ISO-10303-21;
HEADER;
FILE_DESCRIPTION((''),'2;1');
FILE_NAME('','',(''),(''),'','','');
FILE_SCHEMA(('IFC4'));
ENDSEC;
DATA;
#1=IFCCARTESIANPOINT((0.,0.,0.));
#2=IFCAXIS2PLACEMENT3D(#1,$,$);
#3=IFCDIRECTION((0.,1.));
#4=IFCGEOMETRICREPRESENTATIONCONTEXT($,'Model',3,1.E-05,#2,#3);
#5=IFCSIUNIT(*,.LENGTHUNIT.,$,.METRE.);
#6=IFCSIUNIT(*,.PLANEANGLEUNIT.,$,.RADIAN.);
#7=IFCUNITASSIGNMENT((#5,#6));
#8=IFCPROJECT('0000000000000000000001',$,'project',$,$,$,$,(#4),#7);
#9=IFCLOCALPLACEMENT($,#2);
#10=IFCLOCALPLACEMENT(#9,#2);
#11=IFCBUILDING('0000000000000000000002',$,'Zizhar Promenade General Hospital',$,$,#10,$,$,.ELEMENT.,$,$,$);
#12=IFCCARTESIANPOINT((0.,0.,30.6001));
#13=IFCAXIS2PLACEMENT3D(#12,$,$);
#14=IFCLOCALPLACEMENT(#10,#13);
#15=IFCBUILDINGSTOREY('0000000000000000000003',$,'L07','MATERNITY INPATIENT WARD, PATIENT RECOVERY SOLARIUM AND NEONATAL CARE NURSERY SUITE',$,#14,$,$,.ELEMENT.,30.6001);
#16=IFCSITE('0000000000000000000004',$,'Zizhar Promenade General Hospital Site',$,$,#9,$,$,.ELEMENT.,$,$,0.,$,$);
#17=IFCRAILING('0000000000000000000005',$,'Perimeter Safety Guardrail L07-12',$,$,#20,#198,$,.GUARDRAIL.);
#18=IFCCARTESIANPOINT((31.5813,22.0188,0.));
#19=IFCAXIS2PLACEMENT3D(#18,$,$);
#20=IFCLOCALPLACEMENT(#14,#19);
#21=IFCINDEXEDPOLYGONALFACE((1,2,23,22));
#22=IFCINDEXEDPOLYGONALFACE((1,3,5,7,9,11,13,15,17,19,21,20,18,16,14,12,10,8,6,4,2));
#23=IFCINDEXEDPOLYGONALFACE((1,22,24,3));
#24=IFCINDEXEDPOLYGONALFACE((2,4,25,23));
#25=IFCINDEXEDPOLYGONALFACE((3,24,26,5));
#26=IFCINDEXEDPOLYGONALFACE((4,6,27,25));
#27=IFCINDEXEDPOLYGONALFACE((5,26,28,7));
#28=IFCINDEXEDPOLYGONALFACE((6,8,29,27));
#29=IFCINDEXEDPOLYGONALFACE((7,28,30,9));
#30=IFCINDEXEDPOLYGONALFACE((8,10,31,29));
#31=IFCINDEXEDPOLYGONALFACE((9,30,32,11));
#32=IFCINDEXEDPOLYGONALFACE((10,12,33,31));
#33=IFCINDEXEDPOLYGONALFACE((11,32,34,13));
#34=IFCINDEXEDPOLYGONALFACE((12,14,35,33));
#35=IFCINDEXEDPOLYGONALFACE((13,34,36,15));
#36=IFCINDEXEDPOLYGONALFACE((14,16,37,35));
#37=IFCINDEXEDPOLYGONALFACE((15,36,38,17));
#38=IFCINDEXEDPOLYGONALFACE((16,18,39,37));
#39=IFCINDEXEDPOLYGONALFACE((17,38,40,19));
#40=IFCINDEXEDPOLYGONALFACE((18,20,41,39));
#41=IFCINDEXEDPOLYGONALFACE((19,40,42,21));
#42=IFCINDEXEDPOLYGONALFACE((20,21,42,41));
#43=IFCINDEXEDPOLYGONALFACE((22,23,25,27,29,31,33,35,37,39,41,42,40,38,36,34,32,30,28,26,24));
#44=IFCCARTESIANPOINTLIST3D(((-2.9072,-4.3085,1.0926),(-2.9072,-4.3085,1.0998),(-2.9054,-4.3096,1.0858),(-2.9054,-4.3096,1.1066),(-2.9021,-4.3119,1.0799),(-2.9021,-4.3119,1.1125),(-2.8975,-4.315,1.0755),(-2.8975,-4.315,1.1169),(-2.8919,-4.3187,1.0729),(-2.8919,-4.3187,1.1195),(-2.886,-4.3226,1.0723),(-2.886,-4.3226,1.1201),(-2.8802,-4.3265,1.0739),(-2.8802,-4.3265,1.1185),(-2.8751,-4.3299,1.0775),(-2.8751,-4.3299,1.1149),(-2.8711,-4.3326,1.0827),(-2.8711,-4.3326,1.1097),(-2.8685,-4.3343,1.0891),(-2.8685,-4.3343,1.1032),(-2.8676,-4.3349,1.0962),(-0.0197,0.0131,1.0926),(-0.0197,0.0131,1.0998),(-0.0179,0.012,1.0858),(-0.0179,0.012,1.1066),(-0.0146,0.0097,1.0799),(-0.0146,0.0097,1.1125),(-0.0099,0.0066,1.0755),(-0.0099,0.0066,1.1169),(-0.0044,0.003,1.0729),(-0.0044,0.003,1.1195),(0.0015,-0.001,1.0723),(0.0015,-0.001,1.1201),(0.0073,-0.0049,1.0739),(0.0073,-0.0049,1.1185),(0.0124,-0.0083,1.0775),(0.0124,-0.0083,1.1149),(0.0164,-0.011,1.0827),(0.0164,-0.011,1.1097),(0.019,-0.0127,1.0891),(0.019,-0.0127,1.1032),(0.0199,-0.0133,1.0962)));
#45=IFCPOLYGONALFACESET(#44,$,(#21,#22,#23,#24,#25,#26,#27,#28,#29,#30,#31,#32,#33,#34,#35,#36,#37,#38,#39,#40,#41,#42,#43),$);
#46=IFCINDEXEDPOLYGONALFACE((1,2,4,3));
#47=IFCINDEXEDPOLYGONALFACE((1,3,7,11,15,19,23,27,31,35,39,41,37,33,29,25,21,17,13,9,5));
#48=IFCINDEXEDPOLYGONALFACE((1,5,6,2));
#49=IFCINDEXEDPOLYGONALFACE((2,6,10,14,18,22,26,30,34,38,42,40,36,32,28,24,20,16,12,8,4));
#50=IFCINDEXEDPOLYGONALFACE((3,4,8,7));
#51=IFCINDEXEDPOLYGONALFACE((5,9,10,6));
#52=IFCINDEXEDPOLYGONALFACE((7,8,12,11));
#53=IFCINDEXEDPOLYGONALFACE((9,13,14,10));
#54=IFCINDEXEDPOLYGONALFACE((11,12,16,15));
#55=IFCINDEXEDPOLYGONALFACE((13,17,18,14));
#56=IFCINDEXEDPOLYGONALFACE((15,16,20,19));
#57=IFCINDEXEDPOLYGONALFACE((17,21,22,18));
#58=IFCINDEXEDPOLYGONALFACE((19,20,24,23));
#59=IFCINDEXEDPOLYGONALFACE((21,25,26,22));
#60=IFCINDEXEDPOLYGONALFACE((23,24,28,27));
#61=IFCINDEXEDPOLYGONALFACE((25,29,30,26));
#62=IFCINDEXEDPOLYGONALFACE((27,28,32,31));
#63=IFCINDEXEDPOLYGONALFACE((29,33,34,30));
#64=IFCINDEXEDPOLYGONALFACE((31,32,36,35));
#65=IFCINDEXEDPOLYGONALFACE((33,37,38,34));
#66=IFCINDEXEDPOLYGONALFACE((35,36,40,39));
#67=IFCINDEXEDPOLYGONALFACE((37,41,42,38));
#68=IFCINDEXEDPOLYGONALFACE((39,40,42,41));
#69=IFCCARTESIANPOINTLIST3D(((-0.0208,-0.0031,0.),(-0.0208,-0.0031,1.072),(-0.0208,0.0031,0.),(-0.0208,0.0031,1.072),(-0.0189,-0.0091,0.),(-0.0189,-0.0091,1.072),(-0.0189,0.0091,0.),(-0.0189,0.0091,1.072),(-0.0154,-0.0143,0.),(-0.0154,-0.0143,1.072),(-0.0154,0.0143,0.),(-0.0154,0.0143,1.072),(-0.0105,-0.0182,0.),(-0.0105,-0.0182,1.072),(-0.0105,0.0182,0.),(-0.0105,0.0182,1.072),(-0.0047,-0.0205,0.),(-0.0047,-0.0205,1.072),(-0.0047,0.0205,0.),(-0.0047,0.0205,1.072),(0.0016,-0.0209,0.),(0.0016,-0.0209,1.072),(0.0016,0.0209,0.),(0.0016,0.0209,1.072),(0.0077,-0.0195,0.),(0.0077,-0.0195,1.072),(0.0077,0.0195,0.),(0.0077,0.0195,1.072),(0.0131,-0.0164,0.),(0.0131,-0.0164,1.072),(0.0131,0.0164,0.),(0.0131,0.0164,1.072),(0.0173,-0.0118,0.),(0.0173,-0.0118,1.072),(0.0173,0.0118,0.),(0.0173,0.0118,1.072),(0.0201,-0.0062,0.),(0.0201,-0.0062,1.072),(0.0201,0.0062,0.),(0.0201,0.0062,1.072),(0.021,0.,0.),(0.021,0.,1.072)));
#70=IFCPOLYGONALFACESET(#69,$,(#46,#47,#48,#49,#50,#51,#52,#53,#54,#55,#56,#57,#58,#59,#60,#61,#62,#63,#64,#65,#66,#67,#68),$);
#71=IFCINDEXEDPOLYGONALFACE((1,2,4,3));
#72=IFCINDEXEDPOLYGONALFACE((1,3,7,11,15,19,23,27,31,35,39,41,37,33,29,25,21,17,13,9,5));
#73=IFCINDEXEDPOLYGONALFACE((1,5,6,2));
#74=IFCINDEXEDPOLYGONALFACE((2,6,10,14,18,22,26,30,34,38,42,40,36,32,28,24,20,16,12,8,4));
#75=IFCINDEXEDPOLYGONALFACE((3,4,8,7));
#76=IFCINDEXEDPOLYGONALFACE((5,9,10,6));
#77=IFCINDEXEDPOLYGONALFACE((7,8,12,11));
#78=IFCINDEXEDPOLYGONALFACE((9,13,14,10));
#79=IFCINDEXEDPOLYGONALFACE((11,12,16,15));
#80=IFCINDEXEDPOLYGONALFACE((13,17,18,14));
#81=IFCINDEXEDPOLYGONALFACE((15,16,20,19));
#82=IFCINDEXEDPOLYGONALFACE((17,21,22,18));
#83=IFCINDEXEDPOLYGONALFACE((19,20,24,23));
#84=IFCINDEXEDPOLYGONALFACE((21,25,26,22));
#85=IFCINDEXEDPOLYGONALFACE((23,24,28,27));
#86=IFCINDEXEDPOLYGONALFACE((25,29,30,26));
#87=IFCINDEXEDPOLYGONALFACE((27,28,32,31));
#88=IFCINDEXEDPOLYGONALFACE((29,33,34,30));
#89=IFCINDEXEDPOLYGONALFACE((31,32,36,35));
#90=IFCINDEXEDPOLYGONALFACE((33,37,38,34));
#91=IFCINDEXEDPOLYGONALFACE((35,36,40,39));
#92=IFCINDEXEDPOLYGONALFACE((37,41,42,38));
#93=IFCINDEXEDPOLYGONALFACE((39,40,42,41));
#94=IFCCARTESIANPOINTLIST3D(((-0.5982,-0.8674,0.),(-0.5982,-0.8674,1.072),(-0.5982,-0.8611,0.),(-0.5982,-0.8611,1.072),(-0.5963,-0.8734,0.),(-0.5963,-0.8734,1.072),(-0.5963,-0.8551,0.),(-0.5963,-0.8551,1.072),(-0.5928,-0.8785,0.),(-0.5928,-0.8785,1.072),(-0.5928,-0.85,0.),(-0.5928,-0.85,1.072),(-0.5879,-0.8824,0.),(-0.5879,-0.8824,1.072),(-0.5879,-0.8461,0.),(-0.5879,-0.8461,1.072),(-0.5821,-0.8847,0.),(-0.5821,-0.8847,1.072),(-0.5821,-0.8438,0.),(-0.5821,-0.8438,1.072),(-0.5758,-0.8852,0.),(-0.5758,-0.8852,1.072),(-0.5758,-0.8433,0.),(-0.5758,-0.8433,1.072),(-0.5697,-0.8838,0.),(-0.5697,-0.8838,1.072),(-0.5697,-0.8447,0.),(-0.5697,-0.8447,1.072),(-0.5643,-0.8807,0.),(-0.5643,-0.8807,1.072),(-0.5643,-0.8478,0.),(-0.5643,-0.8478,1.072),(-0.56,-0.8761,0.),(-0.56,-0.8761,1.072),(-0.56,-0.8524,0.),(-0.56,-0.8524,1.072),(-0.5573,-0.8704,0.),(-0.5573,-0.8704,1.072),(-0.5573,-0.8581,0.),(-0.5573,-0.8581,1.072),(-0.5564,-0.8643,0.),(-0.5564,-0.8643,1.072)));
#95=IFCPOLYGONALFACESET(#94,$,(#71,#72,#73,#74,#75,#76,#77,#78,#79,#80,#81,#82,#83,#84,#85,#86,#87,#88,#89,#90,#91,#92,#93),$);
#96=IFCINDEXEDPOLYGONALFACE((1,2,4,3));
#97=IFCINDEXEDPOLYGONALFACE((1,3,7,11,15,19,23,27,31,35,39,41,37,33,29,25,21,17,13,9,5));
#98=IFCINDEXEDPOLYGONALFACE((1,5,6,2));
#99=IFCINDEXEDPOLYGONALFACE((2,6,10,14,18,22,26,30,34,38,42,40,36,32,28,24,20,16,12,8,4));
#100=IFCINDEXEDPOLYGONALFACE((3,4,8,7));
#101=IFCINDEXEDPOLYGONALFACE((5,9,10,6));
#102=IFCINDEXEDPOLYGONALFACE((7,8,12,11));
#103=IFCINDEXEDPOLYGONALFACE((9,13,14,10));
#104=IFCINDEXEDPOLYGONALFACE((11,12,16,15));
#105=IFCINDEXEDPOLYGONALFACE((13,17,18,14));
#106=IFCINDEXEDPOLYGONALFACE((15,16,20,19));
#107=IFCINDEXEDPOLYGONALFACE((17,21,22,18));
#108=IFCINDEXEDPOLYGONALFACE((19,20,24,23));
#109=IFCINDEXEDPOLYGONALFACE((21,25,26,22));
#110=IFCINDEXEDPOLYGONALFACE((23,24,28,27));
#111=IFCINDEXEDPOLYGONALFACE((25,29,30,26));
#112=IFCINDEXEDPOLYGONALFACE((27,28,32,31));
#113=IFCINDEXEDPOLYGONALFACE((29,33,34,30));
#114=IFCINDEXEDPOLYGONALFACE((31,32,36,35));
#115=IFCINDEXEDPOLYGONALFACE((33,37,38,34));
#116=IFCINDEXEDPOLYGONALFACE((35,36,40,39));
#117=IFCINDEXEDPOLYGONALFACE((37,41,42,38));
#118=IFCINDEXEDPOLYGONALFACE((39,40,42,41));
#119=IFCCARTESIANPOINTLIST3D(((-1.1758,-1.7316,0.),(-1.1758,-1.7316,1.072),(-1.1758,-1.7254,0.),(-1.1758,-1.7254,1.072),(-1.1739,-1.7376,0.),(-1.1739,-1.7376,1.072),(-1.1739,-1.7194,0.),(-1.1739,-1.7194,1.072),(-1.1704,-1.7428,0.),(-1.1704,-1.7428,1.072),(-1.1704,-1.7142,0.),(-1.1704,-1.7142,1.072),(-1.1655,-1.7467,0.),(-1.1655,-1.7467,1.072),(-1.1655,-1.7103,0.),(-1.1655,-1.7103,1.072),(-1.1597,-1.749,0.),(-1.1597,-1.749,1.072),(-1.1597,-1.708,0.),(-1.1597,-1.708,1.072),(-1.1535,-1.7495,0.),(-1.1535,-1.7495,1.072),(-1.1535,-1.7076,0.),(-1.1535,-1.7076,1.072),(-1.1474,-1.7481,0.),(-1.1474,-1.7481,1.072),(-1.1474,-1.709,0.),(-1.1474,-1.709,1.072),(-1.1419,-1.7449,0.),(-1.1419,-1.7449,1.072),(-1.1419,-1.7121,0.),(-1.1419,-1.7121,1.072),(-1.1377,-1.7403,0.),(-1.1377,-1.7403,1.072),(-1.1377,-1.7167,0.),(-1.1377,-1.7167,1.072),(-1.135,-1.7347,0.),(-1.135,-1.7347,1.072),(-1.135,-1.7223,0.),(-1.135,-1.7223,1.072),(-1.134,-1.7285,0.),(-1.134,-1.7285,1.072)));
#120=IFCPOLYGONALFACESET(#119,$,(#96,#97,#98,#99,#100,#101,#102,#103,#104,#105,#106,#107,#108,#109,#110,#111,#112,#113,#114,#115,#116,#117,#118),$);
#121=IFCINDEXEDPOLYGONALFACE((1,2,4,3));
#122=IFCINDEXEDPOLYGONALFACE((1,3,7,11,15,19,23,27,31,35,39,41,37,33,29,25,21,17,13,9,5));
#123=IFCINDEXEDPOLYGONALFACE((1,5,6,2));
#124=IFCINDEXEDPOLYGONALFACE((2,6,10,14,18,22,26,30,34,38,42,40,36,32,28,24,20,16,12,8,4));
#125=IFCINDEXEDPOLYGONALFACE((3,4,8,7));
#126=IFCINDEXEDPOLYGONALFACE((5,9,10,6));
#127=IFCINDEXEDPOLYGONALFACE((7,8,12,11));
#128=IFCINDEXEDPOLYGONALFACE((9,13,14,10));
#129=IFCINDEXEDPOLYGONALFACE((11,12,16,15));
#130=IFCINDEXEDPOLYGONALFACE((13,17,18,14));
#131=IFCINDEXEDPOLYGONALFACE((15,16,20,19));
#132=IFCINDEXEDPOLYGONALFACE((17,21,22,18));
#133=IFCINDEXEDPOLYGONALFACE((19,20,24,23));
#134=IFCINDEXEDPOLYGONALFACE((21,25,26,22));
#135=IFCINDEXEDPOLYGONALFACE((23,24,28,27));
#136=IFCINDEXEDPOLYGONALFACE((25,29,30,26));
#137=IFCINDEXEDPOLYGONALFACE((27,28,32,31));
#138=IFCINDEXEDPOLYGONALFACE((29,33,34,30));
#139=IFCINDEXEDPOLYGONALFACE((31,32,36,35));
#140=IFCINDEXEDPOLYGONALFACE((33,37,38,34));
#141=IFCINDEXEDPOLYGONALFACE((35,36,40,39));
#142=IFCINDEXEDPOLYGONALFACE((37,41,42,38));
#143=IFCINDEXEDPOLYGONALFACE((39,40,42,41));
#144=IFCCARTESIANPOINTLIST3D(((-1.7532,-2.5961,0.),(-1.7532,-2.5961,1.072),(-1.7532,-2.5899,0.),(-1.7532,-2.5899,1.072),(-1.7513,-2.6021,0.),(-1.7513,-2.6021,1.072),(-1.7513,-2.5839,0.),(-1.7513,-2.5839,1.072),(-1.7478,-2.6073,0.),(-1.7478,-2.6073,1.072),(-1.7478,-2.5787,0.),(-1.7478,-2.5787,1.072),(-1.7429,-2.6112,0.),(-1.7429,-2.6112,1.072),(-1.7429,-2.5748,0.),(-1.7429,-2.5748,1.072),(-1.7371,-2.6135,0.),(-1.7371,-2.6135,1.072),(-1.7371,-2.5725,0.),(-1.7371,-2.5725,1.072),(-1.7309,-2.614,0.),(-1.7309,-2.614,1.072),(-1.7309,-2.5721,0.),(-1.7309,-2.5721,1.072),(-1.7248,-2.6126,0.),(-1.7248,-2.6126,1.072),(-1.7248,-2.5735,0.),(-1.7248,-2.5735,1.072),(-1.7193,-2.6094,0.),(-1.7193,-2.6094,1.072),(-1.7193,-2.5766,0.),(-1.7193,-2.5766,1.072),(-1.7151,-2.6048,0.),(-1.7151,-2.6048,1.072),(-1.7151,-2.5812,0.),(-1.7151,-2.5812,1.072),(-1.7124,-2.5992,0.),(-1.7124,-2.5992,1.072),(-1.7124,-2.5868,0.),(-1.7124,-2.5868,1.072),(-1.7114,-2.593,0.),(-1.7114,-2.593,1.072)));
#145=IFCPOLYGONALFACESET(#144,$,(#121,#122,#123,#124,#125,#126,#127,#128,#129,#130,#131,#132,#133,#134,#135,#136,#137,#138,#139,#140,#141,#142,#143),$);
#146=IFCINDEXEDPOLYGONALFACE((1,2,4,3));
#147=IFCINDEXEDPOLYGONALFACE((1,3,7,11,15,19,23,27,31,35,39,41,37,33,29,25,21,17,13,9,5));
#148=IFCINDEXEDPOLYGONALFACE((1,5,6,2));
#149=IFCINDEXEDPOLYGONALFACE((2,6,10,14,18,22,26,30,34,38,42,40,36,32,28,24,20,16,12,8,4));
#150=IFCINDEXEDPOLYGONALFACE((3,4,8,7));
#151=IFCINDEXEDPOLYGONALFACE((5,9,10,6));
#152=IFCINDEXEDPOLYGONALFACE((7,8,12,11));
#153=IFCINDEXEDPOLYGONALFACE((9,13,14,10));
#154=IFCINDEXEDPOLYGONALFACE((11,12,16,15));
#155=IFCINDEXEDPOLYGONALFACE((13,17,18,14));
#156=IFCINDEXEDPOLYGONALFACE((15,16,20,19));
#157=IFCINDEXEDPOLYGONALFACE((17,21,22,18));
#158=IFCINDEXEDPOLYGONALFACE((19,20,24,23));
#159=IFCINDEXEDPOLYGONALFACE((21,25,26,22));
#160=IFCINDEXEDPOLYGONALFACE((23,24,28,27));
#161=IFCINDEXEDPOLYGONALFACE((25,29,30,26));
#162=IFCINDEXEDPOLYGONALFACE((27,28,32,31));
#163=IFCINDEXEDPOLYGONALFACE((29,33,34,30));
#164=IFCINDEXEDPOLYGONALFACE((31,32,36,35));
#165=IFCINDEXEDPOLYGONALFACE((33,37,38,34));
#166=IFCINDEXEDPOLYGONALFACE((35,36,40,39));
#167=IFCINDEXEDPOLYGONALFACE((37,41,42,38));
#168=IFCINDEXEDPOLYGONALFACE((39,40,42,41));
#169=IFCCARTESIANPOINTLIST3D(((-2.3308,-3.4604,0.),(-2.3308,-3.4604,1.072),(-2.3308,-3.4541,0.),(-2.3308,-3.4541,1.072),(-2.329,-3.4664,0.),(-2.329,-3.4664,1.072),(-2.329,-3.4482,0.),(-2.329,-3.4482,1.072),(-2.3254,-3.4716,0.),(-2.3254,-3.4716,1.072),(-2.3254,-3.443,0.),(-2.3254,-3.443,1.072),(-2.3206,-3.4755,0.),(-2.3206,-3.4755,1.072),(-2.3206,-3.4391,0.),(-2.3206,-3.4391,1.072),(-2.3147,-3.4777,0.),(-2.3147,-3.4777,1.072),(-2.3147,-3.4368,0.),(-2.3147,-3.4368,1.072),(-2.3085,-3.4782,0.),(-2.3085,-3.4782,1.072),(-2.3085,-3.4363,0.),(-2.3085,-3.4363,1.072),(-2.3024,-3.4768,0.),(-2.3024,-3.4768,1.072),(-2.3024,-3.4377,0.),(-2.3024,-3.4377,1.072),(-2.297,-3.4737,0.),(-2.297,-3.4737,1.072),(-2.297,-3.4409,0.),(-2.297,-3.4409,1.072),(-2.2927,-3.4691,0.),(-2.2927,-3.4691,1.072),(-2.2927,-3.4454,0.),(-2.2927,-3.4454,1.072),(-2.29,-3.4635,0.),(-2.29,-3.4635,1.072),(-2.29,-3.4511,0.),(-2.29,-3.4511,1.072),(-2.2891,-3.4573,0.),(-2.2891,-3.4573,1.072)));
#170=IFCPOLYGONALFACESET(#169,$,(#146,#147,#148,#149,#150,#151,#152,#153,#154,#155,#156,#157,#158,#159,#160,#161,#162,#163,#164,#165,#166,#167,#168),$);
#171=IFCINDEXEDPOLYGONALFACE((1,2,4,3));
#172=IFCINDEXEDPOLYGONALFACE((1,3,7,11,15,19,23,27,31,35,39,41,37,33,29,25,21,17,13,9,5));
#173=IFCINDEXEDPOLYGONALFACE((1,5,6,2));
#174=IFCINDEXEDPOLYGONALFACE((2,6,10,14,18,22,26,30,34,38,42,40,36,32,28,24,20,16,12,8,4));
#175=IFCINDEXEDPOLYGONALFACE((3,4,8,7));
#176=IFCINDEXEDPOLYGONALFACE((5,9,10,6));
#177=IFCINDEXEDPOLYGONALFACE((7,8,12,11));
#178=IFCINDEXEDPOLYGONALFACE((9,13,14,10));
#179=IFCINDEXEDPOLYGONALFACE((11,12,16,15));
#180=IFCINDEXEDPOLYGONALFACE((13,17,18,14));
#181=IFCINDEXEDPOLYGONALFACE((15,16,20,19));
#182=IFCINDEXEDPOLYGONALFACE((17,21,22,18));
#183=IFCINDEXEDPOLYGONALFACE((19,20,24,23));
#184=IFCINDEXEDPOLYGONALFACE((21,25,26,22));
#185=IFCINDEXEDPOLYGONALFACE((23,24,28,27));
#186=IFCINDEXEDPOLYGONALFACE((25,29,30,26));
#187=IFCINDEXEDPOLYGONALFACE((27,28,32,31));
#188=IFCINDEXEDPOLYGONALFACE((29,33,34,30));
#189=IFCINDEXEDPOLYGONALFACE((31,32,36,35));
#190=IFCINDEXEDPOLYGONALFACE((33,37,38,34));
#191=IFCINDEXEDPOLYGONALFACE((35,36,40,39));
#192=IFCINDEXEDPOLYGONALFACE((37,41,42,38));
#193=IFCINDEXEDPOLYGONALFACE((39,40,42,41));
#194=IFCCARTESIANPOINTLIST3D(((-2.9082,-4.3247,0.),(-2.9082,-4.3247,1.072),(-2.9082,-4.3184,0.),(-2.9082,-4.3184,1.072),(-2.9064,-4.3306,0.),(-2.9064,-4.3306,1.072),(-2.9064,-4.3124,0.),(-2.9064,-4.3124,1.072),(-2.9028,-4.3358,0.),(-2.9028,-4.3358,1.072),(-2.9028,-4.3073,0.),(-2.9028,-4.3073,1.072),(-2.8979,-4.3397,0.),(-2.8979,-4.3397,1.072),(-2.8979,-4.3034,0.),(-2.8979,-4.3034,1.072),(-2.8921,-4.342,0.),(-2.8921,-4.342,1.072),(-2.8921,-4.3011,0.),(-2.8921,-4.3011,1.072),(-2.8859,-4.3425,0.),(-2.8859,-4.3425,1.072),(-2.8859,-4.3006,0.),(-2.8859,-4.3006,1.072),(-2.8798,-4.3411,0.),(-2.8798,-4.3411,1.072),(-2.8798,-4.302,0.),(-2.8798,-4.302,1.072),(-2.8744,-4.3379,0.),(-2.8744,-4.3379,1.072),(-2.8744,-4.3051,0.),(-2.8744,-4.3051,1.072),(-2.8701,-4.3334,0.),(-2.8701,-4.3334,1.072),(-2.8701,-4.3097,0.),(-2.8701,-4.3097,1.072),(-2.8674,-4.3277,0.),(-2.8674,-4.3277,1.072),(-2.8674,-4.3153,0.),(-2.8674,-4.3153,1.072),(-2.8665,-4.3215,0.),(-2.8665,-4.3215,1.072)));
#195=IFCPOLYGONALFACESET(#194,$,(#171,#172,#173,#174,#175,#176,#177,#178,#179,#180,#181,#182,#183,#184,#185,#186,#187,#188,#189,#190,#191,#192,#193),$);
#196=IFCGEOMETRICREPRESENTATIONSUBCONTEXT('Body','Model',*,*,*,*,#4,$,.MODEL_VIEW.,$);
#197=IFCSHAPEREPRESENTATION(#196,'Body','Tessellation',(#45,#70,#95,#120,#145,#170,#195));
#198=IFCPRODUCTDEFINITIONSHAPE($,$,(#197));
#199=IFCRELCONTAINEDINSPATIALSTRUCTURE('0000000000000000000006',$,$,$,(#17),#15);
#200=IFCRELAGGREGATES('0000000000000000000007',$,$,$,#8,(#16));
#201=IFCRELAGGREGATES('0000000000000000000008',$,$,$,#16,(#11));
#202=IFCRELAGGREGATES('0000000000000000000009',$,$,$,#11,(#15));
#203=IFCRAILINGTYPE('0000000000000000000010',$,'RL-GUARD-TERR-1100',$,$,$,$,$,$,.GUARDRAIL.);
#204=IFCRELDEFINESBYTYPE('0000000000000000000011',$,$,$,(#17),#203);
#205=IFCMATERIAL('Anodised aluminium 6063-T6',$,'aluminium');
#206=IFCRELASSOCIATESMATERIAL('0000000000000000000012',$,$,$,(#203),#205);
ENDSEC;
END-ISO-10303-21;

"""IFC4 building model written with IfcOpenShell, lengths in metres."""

from ifc_helpers import new_model, si_unit, direction, frame, origin, origin_2d, place, context, subcontext, project, spatial, circle, hollow_circle, extrude, material, material_profile, profile_set, type_object, element, save


model = new_model("IFC4")

# Units and contexts
model_context = context("Model", 3, precision=1e-05, world=origin(), true_north=direction((0.0, 1.0)))
body_context = subcontext(model_context, "Body", "Model", "MODEL_VIEW")
ifc_project = project(units=[si_unit("LENGTHUNIT", "METRE"), si_unit("PLANEANGLEUNIT", "RADIAN")], contexts=[model_context])

# Site, building, storey
site_placement = place(None, origin())
site = spatial("IfcSite", under=ifc_project, at=site_placement, Name="Zizhar Promenade General Hospital Site", CompositionType="ELEMENT", RefElevation=0.0)
building_placement = place(site_placement, origin())
building = spatial("IfcBuilding", under=site, at=building_placement, Name="Zizhar Promenade General Hospital", CompositionType="ELEMENT")
storey_placement = place(building_placement, frame((0.0, 0.0, 30.6001)))
storey = spatial("IfcBuildingStorey", under=building, at=storey_placement, Name="L07", Description="MATERNITY INPATIENT WARD, PATIENT RECOVERY SOLARIUM AND NEONATAL CARE NURSERY SUITE", CompositionType="ELEMENT", Elevation=30.6001)

# Railing
ifc_material_1 = material(Name="Anodised aluminium 6063-T6", Category="aluminium")
ifc_material_profile_1 = material_profile(ifc_material_1, hollow_circle(Radius=0.0698, WallThickness=0.0063, at=origin_2d()))
ifc_profile_set_1 = profile_set([ifc_material_profile_1], Name="Anodised aluminium 6063-T6")
railing_type = type_object("IfcRailingType", Name="RL-GUARD-TERR-1100", PredefinedType="GUARDRAIL", material=ifc_profile_set_1)
railing_placement = place(storey_placement, frame((31.5813, 22.0188, 0.0)))
element("IfcRailing", 1, at=railing_placement, inside=storey, type_object=railing_type, Name="Perimeter Safety Guardrail L07-12", PredefinedType="GUARDRAIL", context=body_context, shape_type="SweptSolid", body=[
    extrude(circle(Radius=0.0239, at=origin_2d()), frame((0.0, 0.0, 1.0962), z_axis=(-0.555556, -0.831479, 0.0), x_axis=(0.831479, -0.555556, 0.0)), (0.0, 0.0, 1.0), 5.1975),
    extrude(circle(Radius=0.021, at=origin_2d()), origin(), (0.0, 0.0, 1.0), 1.072),
    extrude(circle(Radius=0.021, at=origin_2d()), frame((-0.5774, -0.8643, 0.0)), (0.0, 0.0, 1.0), 1.072),
    extrude(circle(Radius=0.021, at=origin_2d()), frame((-1.155, -1.7285, 0.0)), (0.0, 0.0, 1.0), 1.072),
    extrude(circle(Radius=0.021, at=origin_2d()), frame((-1.7324, -2.593, 0.0)), (0.0, 0.0, 1.0), 1.072),
    extrude(circle(Radius=0.021, at=origin_2d()), frame((-2.3101, -3.4573, 0.0)), (0.0, 0.0, 1.0), 1.072),
    extrude(circle(Radius=0.021, at=origin_2d()), frame((-2.8875, -4.3215, 0.0)), (0.0, 0.0, 1.0), 1.072),
])

save(model, "model.ifc")
